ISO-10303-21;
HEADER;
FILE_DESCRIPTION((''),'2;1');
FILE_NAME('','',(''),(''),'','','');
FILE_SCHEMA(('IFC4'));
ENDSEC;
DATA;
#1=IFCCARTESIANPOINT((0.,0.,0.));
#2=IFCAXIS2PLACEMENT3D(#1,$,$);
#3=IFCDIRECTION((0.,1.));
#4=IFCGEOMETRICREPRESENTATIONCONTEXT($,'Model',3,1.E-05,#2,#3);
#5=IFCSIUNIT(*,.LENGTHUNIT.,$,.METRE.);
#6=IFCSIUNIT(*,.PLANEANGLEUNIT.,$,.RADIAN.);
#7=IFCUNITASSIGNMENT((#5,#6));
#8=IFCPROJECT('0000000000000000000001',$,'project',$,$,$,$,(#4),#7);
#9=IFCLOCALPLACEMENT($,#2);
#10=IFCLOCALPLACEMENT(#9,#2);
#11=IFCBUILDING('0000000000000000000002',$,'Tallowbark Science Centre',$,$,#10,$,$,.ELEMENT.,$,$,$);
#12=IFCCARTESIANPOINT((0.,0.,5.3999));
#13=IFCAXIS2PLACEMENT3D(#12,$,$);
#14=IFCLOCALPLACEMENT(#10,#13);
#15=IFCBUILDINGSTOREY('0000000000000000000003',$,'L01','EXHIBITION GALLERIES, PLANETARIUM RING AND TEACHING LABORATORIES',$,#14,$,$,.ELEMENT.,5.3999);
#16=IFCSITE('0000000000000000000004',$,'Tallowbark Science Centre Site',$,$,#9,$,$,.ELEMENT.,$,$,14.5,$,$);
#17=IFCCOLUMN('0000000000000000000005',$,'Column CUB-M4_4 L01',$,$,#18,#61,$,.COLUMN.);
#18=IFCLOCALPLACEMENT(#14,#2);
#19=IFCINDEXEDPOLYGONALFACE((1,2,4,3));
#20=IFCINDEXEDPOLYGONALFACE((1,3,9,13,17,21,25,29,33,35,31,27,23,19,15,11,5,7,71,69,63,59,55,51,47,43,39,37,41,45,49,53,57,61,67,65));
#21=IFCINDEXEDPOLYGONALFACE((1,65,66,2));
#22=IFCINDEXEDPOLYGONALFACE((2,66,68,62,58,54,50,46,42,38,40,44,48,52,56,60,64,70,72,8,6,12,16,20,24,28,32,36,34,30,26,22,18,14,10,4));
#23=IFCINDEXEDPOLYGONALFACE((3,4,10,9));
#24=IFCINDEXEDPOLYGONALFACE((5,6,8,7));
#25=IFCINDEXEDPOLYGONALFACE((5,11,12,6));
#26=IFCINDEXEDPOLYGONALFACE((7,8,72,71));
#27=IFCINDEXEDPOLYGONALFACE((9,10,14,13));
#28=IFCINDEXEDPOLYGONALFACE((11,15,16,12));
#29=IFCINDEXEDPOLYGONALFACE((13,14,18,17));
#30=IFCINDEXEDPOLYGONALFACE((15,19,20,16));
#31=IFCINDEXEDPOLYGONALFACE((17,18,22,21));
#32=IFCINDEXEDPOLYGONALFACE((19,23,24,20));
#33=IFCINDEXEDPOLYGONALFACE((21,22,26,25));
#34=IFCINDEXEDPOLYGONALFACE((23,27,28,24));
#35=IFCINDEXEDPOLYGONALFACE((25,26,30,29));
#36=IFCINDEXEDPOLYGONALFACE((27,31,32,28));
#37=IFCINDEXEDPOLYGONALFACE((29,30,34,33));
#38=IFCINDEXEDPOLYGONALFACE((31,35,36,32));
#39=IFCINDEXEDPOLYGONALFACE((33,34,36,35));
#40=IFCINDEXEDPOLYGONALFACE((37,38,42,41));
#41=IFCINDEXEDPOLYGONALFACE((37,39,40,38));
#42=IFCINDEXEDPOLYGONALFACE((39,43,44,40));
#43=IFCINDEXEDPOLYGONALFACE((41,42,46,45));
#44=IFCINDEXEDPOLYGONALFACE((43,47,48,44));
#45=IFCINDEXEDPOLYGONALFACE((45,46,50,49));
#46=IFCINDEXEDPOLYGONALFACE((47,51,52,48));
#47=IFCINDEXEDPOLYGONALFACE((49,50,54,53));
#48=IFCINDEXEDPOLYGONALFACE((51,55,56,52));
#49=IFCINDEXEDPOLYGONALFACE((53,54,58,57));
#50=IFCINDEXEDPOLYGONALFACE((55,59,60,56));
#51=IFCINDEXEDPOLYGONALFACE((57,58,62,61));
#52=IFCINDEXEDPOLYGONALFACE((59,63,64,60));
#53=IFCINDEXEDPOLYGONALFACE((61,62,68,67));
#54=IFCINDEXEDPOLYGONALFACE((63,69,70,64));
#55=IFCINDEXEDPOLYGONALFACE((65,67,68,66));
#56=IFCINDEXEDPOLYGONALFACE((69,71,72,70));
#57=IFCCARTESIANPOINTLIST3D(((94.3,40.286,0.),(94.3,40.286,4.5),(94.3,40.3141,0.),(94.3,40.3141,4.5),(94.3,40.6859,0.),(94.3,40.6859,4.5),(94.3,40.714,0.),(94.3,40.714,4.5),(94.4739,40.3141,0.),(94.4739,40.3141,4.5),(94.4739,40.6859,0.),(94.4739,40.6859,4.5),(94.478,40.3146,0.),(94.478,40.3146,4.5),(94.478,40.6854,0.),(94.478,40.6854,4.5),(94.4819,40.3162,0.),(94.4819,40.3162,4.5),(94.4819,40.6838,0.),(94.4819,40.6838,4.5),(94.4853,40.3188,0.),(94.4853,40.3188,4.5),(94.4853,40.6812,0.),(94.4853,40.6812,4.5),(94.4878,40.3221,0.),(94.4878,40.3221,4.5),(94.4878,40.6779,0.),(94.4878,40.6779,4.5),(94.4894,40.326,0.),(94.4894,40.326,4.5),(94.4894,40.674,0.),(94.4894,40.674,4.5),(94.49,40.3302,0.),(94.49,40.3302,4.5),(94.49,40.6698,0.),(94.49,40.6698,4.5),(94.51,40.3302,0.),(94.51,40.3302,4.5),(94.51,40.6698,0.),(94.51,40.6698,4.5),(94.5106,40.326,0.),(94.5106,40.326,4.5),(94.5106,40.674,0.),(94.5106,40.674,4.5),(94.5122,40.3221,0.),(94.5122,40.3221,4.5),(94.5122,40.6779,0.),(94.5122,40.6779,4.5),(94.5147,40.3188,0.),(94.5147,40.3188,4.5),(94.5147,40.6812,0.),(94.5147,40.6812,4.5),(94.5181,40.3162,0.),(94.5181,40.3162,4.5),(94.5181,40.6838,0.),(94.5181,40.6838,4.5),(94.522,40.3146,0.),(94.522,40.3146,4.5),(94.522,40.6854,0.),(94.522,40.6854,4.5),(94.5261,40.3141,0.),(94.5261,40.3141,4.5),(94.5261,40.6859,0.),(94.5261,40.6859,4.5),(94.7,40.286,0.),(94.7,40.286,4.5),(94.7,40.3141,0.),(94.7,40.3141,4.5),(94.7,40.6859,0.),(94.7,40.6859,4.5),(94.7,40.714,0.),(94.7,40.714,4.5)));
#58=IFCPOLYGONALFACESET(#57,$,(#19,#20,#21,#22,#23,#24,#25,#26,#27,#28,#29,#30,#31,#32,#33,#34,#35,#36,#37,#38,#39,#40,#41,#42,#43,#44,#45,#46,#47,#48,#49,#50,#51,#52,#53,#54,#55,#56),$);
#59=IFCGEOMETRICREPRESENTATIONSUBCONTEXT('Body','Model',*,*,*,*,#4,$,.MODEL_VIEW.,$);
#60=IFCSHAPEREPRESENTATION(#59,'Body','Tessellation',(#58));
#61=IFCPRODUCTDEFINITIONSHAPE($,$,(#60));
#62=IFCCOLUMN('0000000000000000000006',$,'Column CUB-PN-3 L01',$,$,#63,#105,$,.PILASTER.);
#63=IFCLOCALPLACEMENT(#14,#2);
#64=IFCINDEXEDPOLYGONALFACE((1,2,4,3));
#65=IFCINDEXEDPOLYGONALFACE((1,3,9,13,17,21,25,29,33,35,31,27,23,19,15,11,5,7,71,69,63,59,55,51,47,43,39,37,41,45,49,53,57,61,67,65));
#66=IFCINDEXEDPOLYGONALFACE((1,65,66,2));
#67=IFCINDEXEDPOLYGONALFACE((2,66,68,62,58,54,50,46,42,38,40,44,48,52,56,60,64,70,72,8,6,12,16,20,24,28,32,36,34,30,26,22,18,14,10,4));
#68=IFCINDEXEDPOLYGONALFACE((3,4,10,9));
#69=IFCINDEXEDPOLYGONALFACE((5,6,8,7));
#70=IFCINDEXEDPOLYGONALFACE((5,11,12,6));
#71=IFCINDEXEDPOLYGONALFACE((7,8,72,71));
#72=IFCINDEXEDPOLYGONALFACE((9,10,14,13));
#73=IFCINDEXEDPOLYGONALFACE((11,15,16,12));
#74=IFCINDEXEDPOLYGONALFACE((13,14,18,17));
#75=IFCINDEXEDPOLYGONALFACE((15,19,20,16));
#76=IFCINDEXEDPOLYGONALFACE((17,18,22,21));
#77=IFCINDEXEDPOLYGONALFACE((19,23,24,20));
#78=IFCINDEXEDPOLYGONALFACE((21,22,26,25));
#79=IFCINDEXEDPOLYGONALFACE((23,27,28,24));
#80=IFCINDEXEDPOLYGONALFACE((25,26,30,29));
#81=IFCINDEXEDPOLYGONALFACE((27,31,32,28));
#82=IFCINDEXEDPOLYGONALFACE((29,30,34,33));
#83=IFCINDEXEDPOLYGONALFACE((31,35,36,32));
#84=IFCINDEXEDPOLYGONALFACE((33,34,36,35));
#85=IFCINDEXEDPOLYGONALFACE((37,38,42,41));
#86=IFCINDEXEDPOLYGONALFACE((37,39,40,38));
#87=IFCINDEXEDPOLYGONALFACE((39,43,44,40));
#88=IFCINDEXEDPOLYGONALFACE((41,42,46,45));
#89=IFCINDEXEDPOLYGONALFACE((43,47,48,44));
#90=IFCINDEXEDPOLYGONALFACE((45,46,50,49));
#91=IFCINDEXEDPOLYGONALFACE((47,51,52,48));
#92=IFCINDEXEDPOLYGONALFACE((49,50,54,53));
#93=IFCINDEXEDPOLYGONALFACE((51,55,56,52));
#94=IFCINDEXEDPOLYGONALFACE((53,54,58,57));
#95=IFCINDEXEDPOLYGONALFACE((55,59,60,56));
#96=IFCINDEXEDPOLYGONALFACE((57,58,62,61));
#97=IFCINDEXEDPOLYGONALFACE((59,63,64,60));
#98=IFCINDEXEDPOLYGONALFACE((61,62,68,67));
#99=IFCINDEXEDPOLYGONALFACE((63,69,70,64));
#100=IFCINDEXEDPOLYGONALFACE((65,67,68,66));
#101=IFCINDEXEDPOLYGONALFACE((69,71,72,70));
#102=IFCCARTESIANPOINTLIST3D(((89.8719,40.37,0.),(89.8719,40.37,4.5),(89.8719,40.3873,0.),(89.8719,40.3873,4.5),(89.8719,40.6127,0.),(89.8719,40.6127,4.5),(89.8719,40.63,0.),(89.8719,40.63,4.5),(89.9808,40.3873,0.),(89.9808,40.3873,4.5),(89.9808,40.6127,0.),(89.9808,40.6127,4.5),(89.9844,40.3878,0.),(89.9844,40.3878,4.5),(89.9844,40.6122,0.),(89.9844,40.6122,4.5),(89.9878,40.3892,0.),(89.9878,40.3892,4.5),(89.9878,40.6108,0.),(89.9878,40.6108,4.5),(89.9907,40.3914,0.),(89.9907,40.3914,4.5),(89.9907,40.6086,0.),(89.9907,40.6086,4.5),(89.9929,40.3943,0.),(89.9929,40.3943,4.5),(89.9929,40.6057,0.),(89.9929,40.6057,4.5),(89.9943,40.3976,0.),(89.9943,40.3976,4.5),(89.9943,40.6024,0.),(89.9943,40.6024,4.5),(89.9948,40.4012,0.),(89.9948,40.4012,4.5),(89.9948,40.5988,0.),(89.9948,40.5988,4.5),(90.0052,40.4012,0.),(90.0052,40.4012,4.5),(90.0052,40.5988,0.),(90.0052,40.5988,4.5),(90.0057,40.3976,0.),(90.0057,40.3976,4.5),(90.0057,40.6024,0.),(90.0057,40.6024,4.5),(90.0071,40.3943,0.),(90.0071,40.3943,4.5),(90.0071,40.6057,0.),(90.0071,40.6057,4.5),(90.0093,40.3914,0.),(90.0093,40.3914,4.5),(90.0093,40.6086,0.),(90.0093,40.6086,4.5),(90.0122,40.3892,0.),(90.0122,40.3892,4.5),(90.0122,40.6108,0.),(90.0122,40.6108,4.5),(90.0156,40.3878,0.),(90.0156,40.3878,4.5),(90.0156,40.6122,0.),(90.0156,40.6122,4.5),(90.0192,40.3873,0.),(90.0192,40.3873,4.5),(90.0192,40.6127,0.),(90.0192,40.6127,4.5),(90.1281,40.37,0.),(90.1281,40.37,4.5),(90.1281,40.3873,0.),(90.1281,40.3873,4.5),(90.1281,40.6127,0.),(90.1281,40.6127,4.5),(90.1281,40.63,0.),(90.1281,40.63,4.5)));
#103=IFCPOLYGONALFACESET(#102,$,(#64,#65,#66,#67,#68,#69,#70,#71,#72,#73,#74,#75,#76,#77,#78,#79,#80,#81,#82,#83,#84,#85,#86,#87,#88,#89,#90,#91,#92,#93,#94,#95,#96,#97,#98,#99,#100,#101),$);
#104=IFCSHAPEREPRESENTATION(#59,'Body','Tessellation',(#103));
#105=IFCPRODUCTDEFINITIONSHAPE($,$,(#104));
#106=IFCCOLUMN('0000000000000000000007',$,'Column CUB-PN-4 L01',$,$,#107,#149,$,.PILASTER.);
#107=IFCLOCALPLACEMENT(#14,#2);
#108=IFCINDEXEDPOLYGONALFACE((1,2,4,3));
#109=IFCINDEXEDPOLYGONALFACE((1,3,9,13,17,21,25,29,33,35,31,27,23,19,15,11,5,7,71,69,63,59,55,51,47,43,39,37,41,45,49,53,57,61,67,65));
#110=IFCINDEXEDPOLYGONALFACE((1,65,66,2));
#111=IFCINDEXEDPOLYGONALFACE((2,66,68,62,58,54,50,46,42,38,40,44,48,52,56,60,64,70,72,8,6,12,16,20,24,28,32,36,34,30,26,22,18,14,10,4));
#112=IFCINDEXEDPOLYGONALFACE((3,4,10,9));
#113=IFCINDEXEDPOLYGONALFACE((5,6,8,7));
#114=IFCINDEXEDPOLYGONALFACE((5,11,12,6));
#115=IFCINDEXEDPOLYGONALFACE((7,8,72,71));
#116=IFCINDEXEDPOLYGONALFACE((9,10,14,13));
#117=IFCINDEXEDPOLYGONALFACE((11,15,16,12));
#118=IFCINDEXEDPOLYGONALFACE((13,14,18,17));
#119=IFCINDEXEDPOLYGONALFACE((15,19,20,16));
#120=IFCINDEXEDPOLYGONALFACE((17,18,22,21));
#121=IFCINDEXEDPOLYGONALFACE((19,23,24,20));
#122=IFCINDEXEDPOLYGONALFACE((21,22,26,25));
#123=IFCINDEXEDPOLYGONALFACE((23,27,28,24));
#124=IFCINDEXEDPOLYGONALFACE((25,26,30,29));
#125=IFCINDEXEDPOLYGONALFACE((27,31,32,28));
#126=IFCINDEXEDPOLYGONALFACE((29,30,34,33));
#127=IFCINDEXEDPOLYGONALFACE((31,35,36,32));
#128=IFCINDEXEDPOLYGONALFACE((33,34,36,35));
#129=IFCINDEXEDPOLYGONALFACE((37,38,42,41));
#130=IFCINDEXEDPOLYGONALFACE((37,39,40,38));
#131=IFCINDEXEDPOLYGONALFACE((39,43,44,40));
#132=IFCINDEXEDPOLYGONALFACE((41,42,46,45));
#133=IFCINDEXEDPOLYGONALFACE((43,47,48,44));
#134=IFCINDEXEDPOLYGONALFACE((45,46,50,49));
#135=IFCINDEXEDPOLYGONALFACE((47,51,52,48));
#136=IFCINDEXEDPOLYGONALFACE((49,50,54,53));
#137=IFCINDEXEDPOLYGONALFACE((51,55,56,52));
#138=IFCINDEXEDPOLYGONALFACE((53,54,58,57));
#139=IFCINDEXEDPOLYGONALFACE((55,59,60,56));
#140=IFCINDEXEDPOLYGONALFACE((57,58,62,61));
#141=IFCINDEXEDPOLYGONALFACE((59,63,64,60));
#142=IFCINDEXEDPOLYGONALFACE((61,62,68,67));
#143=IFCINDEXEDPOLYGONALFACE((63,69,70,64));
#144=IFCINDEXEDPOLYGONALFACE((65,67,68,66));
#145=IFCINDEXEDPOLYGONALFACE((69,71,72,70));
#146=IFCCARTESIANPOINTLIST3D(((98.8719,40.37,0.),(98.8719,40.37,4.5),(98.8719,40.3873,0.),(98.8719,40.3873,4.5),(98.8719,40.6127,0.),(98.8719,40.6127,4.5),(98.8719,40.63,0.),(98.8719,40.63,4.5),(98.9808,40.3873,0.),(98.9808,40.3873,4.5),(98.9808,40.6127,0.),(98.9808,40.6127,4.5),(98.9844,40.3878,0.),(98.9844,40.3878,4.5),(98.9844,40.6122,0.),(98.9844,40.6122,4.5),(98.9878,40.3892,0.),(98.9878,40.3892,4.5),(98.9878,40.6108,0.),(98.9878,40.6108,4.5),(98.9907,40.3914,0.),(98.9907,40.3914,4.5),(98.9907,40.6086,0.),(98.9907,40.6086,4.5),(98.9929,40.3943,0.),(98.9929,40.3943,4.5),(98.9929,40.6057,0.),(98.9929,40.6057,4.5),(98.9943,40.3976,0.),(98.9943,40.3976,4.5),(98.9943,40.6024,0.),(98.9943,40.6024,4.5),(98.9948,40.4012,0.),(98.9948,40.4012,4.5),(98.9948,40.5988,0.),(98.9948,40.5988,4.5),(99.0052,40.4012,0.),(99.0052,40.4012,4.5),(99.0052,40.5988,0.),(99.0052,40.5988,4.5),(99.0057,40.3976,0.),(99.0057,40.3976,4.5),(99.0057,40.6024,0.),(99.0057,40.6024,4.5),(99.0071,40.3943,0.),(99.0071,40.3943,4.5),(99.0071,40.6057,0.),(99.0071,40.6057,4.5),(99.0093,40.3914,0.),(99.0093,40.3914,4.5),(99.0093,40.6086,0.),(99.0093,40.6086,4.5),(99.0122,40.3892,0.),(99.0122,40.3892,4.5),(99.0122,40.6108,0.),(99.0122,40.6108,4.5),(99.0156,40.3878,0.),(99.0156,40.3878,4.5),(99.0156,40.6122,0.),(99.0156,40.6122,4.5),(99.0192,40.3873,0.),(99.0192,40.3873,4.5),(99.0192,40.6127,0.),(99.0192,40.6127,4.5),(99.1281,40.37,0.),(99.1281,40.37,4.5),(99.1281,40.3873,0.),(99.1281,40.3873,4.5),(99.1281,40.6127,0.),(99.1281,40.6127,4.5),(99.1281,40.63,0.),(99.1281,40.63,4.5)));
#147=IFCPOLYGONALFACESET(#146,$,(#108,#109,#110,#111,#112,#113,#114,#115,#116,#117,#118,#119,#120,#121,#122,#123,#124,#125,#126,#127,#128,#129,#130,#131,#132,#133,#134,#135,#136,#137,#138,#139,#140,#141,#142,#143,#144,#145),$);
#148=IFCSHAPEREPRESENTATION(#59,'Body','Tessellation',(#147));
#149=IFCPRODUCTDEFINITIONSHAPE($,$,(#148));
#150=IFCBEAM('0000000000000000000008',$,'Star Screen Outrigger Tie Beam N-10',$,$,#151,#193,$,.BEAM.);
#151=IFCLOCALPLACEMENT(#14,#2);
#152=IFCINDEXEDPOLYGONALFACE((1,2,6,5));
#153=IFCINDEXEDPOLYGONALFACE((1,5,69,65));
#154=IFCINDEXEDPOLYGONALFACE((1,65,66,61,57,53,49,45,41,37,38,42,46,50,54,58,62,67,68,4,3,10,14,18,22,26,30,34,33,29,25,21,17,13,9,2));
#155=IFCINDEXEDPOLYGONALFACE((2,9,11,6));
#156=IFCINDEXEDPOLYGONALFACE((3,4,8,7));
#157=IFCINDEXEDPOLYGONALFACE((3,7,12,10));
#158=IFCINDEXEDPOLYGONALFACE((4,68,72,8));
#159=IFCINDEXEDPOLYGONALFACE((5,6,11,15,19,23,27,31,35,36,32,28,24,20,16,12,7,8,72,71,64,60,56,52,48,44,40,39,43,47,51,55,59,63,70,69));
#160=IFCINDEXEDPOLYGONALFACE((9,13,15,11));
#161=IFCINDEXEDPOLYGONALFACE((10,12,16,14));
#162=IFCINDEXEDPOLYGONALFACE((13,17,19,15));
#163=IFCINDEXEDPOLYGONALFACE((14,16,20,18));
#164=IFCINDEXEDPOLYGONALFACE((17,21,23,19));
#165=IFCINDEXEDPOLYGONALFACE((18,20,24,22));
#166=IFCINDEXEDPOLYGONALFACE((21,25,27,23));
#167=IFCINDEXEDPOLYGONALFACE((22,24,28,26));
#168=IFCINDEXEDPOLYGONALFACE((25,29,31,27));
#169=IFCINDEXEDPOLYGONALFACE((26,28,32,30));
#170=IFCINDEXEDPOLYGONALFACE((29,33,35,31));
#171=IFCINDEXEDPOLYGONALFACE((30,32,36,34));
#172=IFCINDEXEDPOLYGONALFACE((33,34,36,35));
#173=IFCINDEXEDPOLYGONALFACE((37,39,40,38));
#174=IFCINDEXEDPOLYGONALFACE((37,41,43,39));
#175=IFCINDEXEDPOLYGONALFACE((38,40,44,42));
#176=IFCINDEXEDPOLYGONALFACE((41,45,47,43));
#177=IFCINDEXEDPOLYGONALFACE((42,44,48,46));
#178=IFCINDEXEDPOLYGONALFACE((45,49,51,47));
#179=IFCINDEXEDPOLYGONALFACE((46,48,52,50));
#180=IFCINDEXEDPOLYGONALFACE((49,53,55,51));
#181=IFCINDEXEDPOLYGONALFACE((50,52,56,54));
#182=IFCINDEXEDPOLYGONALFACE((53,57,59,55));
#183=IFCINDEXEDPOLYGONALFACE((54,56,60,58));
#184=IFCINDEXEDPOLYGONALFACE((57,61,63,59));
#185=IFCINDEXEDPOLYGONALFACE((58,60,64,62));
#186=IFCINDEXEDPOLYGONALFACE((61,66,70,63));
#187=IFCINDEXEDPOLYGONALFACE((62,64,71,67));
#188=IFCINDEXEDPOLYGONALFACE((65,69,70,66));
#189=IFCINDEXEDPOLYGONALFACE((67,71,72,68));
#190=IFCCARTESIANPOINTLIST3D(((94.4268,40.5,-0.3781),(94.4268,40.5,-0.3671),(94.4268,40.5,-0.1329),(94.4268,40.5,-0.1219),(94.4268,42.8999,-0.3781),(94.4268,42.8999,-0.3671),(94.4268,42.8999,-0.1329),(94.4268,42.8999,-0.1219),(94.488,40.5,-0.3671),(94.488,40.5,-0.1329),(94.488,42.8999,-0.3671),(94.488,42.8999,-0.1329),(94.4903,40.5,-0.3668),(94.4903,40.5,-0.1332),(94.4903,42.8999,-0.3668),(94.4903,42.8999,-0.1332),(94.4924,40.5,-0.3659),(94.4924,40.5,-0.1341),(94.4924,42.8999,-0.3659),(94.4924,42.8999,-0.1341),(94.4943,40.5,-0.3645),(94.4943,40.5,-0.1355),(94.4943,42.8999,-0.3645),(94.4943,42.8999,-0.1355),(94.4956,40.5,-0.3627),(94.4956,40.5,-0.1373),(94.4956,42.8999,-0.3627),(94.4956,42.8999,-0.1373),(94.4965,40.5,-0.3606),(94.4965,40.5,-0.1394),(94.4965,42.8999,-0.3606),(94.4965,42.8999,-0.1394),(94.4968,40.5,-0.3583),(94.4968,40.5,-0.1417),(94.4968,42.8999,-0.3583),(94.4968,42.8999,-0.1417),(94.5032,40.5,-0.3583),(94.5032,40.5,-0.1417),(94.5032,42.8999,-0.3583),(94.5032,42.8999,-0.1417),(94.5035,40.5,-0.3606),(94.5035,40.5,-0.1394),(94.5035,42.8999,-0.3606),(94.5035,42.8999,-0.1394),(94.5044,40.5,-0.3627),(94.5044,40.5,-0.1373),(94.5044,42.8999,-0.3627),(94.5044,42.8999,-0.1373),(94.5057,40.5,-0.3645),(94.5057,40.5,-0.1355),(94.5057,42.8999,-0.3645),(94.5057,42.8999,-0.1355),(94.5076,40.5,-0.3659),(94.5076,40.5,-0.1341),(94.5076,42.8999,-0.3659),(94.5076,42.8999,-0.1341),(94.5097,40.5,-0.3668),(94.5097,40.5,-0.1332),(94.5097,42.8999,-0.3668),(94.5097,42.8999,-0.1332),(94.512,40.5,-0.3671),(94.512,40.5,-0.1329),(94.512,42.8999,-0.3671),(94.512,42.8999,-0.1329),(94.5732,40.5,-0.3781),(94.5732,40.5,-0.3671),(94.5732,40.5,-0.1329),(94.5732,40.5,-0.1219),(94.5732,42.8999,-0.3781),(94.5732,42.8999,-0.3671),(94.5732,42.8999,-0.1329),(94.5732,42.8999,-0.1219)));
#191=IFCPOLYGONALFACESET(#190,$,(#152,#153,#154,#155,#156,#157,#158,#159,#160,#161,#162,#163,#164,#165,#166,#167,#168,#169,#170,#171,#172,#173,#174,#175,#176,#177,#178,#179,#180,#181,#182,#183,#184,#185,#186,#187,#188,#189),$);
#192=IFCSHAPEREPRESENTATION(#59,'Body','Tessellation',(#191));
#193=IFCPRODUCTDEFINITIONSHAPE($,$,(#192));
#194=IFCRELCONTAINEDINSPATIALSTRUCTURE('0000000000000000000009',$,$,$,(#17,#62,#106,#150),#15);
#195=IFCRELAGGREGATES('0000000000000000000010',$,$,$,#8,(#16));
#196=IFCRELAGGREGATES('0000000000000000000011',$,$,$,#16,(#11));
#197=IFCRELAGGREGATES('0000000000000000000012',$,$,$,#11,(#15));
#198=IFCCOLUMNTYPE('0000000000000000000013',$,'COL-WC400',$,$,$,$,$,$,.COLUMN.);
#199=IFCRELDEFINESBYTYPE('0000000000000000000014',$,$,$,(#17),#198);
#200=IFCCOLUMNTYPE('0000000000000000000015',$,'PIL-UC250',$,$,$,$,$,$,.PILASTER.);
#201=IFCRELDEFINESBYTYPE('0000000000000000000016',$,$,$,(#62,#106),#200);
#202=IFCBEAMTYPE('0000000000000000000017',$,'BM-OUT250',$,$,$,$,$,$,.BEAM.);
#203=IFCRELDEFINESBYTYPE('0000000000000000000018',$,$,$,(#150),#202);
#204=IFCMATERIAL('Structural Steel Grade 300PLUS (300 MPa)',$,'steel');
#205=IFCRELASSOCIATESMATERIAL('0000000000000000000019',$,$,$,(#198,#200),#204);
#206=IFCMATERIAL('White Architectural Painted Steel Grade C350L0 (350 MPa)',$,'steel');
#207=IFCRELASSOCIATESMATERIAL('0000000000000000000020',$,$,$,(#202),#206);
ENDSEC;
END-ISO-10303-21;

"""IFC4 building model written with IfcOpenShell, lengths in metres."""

from ifc_helpers import new_model, si_unit, direction, frame, origin, origin_2d, place, context, subcontext, project, spatial, i_section, extrude, material, material_profile, profile_set, type_object, element, save


model = new_model("IFC4")

# Units and contexts
model_context = context("Model", 3, precision=1e-05, world=origin(), true_north=direction((0.0, 1.0)))
body_context = subcontext(model_context, "Body", "Model", "MODEL_VIEW")
ifc_project = project(units=[si_unit("LENGTHUNIT", "METRE"), si_unit("PLANEANGLEUNIT", "RADIAN")], contexts=[model_context])

# Site, building, storey
site_placement = place(None, origin())
site = spatial("IfcSite", under=ifc_project, at=site_placement, Name="Tallowbark Science Centre Site", CompositionType="ELEMENT", RefElevation=14.5)
building_placement = place(site_placement, origin())
building = spatial("IfcBuilding", under=site, at=building_placement, Name="Tallowbark Science Centre", CompositionType="ELEMENT")
storey_placement = place(building_placement, frame((0.0, 0.0, 5.3999)))
storey = spatial("IfcBuildingStorey", under=building, at=storey_placement, Name="L01", Description="EXHIBITION GALLERIES, PLANETARIUM RING AND TEACHING LABORATORIES", CompositionType="ELEMENT", Elevation=5.3999)

# Columns
ifc_material_1 = material(Name="Structural Steel Grade 300PLUS (300 MPa)", Category="steel")
ifc_material_profile_1 = material_profile(ifc_material_1, i_section(OverallWidth=0.3999, OverallDepth=0.428, WebThickness=0.02, FlangeThickness=0.0281, FilletRadius=0.0161, at=origin_2d()), Name="400WC270")
ifc_profile_set_1 = profile_set([ifc_material_profile_1], Name="Structural Steel Grade 300PLUS (300 MPa)")
column_type_1 = type_object("IfcColumnType", Name="COL-WC400", PredefinedType="COLUMN", material=ifc_profile_set_1)
column_placement = place(storey_placement, frame((94.5, 40.5, 0.0), z_axis=(0.0, 0.0, 1.0), x_axis=(1.0, 0.0, 0.0)))
element("IfcColumn", 1, at=column_placement, inside=storey, type_object=column_type_1, Name="Column CUB-M4_4 L01", PredefinedType="COLUMN", context=body_context, shape_type="SweptSolid", body=[
    extrude(i_section(OverallWidth=0.3999, OverallDepth=0.428, WebThickness=0.02, FlangeThickness=0.0281, FilletRadius=0.0161, at=origin_2d()), origin(), (0.0, 0.0, 1.0), 4.5),
])
ifc_material_profile_2 = material_profile(ifc_material_1, i_section(OverallWidth=0.2561, OverallDepth=0.26, WebThickness=0.0105, FlangeThickness=0.0173, FilletRadius=0.0139, at=origin_2d()), Name="250UC89.5")
ifc_profile_set_2 = profile_set([ifc_material_profile_2], Name="Structural Steel Grade 300PLUS (300 MPa)")
column_type_2 = type_object("IfcColumnType", Name="PIL-UC250", PredefinedType="PILASTER", material=ifc_profile_set_2)
for number, where, z_axis, x_axis, name in (
    (2, (90.0, 40.5, 0.0), (0.0, 0.0, 1.0), (1.0, 0.0, 0.0), "Column CUB-PN-3 L01"),
    (3, (99.0, 40.5, 0.0), (0.0, 0.0, 1.0), (1.0, 0.0, 0.0), "Column CUB-PN-4 L01"),
):
    element("IfcColumn", number, at=place(storey_placement, frame(where, z_axis=z_axis, x_axis=x_axis)), inside=storey, type_object=column_type_2, Name=name, PredefinedType="PILASTER", context=body_context, shape_type="SweptSolid", body=[
        extrude(i_section(OverallWidth=0.2561, OverallDepth=0.26, WebThickness=0.0105, FlangeThickness=0.0173, FilletRadius=0.0139, at=origin_2d()), origin(), (0.0, 0.0, 1.0), 4.5),
    ])

# Beam
ifc_material_2 = material(Name="White Architectural Painted Steel Grade C350L0 (350 MPa)", Category="steel")
ifc_material_profile_3 = material_profile(ifc_material_2, i_section(OverallWidth=0.1465, OverallDepth=0.2561, WebThickness=0.0063, FlangeThickness=0.011, FilletRadius=0.0088, at=origin_2d()), Name="250UB37.3")
ifc_profile_set_3 = profile_set([ifc_material_profile_3], Name="White Architectural Painted Steel Grade C350L0 (350 MPa)")
beam_type_1 = type_object("IfcBeamType", Name="BM-OUT250", PredefinedType="BEAM", material=ifc_profile_set_3)
beam_placement = place(storey_placement, frame((94.5, 40.5, -0.25), z_axis=(0.0, 1.0, 0.0), x_axis=(-1.0, 0.0, 0.0)))
element("IfcBeam", 4, at=beam_placement, inside=storey, type_object=beam_type_1, Name="Star Screen Outrigger Tie Beam N-10", PredefinedType="BEAM", context=body_context, shape_type="SweptSolid", body=[
    extrude(i_section(OverallWidth=0.1465, OverallDepth=0.2561, WebThickness=0.0063, FlangeThickness=0.011, FilletRadius=0.0088, at=origin_2d()), origin(), (0.0, 0.0, 1.0), 2.3999),
])

save(model, "model.ifc")
